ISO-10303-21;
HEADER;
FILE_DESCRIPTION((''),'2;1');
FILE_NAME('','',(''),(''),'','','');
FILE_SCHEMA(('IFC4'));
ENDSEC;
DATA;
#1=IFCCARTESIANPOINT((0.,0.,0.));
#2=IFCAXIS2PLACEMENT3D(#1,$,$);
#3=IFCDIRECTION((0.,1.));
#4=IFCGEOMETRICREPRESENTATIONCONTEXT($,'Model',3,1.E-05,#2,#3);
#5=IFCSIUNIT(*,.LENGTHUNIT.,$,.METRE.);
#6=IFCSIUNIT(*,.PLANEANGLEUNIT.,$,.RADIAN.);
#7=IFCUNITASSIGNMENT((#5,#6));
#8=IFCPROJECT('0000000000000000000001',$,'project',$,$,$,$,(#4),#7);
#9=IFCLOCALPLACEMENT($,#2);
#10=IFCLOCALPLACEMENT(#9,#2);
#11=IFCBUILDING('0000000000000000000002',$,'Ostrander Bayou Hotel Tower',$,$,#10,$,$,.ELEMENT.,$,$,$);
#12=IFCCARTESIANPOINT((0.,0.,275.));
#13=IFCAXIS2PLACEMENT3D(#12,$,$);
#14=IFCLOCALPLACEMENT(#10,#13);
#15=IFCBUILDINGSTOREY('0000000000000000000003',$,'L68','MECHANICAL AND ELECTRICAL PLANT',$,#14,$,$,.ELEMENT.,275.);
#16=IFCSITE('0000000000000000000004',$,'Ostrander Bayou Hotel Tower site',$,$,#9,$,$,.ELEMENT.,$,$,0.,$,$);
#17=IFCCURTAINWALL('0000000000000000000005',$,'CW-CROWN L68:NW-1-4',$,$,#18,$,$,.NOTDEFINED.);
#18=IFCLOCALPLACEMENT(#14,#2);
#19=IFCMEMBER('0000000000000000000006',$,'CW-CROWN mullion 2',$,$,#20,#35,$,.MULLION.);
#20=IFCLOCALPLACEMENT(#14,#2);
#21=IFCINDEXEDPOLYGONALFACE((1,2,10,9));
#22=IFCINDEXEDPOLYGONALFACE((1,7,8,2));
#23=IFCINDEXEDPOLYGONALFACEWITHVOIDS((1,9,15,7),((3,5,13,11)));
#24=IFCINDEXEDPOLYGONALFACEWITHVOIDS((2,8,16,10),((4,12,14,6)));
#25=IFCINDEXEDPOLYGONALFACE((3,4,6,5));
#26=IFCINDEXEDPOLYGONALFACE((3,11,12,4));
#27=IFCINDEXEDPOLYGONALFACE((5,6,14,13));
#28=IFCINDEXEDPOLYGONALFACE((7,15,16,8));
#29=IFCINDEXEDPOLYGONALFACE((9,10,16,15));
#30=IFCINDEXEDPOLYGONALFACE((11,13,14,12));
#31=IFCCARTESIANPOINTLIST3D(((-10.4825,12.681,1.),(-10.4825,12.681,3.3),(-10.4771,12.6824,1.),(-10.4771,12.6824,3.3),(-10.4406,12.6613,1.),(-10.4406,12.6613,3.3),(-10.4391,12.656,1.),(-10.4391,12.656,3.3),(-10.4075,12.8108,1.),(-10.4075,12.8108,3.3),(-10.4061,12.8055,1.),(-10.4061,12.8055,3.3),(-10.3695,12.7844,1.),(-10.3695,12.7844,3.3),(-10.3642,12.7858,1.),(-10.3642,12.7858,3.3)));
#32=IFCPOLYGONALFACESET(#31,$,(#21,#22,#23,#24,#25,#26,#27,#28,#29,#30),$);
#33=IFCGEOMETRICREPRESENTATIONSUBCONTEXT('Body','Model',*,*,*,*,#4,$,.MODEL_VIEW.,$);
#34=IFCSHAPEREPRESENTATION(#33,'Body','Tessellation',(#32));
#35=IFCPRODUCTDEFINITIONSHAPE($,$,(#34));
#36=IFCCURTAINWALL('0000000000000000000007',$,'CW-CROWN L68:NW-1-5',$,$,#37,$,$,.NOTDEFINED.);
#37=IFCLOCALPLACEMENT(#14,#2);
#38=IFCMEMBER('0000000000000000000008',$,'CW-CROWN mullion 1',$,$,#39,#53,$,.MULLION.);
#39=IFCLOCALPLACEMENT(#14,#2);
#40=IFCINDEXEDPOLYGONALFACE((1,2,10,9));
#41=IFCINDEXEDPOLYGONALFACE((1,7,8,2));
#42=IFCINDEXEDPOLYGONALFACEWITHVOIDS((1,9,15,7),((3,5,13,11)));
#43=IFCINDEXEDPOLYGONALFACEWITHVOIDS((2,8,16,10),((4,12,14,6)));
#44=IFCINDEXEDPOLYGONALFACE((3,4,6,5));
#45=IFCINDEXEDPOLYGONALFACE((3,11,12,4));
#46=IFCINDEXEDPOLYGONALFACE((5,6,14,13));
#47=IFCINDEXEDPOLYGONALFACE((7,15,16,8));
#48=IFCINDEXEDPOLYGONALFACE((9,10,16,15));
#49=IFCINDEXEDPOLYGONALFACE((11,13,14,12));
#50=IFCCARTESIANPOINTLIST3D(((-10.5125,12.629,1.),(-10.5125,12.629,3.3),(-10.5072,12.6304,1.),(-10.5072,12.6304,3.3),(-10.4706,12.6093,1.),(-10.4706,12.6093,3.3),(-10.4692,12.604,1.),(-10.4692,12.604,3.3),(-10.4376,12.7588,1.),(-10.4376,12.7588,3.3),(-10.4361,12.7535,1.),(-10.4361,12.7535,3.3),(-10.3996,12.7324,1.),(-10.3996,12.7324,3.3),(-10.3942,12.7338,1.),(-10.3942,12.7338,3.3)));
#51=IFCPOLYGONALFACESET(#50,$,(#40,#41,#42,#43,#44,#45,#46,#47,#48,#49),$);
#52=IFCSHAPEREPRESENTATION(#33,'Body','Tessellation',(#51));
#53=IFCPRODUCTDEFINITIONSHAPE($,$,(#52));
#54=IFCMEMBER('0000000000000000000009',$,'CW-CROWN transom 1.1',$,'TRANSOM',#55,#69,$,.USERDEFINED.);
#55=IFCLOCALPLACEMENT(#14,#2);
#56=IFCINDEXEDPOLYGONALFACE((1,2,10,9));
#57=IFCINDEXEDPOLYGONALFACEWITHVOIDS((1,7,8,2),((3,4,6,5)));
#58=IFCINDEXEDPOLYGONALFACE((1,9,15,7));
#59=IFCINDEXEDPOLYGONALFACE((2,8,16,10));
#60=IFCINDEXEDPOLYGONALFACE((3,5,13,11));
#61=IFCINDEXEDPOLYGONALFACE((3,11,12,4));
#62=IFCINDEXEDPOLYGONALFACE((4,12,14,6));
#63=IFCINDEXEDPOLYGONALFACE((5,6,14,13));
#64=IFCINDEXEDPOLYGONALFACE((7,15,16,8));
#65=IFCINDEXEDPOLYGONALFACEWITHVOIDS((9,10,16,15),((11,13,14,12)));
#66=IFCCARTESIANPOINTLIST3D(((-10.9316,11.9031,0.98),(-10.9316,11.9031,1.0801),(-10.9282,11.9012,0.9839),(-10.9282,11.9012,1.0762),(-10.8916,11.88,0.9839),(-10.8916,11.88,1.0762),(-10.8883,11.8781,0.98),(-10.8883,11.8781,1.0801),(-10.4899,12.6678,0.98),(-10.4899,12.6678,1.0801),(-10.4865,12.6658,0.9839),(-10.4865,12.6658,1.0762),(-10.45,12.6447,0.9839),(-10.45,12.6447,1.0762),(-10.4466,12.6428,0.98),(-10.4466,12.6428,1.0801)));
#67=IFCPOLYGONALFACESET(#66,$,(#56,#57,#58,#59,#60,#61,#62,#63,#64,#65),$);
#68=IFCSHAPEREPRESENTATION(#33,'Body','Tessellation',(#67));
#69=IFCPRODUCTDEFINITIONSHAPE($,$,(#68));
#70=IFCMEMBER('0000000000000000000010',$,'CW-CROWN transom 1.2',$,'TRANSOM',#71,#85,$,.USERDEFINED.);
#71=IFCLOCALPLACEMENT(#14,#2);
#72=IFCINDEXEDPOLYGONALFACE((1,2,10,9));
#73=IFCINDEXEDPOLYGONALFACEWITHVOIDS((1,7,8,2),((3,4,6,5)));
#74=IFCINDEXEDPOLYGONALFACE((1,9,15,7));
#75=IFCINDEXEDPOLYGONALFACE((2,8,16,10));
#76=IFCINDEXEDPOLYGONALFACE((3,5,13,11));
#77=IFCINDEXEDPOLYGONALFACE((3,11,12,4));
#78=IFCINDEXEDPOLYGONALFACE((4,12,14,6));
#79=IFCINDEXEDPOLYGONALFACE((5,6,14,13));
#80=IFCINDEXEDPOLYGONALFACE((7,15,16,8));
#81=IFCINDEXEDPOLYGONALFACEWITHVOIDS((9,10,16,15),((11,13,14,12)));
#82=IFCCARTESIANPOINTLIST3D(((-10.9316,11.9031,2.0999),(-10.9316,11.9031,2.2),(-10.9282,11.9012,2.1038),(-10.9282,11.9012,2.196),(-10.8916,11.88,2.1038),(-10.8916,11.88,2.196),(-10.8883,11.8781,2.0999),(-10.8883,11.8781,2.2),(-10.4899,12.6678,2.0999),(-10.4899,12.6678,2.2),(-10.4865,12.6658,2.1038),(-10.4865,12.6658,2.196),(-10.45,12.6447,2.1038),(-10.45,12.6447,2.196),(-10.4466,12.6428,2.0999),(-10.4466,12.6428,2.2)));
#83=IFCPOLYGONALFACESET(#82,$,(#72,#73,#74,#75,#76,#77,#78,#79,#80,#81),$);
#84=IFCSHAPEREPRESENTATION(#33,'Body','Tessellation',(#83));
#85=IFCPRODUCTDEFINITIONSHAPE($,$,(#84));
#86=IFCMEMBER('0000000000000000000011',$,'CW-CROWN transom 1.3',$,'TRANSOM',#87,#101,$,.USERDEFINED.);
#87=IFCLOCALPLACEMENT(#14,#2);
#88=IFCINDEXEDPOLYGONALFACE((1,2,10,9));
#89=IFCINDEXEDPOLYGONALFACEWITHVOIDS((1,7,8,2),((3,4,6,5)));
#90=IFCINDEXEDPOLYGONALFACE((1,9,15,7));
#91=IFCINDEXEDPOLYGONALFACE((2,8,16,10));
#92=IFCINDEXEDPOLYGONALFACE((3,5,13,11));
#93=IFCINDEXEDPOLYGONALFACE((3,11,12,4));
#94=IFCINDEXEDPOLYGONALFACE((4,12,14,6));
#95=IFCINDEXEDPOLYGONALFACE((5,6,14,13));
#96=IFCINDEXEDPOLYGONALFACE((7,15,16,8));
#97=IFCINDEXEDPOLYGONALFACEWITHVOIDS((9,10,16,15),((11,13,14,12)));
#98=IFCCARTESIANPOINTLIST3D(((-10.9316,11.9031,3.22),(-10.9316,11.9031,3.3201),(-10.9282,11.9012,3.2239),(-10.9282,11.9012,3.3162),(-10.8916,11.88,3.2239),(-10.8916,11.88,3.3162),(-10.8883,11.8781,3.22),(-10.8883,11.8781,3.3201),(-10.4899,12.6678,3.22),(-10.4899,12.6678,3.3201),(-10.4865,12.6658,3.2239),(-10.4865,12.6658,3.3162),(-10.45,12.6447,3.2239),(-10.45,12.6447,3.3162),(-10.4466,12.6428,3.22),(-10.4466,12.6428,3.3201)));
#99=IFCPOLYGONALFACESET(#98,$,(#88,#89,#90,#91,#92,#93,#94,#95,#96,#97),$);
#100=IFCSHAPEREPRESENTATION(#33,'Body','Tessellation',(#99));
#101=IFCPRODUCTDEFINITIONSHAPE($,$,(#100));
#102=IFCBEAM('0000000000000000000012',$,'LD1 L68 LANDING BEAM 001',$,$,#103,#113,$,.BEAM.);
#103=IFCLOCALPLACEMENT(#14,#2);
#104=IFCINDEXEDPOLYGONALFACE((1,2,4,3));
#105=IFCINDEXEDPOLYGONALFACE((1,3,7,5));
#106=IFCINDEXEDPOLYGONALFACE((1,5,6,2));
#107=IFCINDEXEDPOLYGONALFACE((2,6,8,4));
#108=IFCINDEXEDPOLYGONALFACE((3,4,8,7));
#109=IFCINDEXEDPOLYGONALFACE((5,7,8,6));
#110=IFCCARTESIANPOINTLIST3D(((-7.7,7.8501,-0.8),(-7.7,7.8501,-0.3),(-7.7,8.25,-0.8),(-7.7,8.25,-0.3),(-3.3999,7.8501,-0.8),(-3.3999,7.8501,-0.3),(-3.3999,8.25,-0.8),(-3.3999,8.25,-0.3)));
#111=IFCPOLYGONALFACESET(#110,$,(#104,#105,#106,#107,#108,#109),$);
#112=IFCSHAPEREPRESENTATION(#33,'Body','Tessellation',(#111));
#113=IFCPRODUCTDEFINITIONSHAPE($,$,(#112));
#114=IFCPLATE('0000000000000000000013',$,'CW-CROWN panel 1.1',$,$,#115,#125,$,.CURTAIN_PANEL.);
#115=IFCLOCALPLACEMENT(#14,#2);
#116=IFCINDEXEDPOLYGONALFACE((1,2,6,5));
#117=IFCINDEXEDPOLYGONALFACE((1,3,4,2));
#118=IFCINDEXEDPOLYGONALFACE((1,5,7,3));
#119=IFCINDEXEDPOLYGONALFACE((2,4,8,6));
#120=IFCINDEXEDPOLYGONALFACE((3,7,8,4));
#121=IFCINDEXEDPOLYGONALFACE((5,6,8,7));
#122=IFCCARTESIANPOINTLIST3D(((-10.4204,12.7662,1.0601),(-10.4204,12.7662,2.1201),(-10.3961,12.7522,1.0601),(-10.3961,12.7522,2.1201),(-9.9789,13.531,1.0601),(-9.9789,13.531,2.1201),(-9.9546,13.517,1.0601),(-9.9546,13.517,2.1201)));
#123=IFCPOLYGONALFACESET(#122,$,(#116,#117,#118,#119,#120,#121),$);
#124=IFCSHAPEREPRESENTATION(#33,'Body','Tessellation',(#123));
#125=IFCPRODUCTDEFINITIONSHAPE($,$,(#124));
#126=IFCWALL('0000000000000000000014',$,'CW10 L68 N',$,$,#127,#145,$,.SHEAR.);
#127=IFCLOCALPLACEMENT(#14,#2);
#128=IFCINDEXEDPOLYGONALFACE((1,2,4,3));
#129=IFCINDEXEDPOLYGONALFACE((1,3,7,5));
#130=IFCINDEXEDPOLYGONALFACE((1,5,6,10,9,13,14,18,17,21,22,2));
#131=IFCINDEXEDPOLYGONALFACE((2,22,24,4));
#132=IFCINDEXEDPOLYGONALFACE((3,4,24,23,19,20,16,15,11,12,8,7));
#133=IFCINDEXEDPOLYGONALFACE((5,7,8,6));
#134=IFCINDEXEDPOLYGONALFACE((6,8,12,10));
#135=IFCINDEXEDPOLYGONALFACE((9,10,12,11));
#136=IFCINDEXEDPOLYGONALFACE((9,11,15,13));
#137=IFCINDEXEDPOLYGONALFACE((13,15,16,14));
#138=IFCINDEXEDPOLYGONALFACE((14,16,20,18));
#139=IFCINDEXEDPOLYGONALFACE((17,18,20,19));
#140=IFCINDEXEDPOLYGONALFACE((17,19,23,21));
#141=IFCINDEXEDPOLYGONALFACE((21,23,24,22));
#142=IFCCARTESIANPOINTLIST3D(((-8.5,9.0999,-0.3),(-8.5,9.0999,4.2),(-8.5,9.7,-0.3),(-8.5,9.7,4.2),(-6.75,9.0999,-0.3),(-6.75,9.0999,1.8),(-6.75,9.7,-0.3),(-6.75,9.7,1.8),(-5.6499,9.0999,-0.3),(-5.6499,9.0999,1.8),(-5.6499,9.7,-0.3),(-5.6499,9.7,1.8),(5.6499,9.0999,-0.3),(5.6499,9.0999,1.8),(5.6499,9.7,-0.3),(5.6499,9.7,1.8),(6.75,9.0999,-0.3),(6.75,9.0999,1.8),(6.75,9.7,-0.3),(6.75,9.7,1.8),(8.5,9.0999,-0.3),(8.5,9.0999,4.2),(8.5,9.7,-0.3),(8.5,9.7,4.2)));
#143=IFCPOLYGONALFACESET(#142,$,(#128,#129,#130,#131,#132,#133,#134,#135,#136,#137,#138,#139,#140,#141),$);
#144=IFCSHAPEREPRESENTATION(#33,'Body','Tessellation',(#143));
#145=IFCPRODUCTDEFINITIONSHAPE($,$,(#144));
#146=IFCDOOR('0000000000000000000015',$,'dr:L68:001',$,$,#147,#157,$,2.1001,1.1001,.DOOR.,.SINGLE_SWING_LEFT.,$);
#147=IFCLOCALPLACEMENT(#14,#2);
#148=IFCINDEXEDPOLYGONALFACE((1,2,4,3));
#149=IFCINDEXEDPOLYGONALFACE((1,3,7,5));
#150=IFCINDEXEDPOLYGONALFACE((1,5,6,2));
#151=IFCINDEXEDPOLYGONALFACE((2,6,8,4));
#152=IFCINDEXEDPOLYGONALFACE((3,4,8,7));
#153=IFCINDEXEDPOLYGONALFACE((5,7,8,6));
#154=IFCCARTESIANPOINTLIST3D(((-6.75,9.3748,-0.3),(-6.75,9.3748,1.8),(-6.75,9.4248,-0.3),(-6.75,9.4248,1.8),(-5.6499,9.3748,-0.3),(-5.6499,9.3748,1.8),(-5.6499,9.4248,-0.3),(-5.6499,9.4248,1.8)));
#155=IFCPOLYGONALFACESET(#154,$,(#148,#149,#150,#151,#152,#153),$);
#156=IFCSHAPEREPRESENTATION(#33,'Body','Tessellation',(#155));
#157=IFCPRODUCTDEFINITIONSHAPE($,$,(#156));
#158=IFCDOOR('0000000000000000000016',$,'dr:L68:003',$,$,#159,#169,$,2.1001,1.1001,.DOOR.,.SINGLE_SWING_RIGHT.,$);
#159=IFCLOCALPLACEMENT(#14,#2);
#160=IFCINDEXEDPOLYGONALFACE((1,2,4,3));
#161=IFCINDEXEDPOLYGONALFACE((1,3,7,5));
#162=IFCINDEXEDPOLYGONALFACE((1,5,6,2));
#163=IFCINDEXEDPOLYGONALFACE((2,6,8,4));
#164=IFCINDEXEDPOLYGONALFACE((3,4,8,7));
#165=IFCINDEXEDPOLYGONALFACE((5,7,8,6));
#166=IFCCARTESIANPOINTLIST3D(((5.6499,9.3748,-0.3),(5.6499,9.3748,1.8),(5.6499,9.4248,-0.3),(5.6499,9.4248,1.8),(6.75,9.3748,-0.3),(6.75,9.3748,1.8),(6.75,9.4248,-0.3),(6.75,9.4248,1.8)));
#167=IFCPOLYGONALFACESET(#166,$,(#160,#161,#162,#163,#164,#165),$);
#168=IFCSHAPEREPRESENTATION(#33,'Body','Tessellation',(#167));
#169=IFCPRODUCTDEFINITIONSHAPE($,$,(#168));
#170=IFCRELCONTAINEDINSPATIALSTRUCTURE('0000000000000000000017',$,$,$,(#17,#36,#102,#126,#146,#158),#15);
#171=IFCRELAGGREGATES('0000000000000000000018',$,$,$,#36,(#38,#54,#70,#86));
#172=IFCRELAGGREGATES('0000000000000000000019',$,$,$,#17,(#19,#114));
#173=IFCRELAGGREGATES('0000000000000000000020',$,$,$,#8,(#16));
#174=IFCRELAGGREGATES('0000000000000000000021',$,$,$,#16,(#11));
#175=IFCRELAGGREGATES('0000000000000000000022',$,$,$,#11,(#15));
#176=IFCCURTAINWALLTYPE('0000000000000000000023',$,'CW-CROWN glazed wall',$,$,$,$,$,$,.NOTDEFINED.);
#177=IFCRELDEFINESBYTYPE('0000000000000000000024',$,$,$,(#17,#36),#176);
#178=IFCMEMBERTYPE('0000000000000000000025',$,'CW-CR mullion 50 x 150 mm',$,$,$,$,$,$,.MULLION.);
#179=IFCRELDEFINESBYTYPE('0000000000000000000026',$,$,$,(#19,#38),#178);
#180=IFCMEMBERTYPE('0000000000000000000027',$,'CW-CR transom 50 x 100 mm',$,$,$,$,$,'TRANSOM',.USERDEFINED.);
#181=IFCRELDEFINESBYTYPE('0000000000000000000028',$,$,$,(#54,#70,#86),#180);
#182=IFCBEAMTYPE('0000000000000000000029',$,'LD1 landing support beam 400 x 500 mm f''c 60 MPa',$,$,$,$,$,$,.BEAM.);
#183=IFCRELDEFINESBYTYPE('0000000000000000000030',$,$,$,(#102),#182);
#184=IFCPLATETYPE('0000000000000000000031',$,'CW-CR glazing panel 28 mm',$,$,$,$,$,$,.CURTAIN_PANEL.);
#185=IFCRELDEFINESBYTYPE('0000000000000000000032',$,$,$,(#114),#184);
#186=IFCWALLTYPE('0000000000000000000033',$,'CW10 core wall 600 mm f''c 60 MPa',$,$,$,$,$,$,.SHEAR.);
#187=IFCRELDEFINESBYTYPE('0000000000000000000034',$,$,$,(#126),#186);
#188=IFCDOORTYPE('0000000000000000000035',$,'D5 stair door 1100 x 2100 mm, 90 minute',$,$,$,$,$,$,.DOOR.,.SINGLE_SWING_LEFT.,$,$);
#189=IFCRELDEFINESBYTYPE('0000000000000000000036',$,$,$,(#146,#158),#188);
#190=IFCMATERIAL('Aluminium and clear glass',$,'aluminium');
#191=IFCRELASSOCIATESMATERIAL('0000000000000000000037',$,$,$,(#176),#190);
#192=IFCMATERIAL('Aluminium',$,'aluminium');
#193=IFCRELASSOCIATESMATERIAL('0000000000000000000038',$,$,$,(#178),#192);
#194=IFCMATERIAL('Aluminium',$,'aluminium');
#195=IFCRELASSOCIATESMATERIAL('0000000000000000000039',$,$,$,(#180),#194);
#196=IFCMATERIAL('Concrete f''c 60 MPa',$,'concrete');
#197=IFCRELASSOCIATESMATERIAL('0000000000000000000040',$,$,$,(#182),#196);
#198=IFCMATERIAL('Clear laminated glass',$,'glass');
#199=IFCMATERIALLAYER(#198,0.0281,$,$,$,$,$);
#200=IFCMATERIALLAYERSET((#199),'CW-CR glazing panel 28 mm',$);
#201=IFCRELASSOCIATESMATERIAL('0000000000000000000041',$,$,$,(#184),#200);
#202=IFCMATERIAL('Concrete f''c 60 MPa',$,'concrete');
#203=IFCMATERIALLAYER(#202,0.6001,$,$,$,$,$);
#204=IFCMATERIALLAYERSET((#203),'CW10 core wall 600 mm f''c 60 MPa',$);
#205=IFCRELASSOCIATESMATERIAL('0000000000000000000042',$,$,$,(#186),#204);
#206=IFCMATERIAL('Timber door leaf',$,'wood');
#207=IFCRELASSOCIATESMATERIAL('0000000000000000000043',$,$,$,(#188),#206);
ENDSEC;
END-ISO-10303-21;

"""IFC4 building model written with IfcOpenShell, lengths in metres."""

from ifc_helpers import new_model, si_unit, direction, frame, frame_2d, origin, origin_2d, place, context, subcontext, project, spatial, rectangle, hollow_rectangle, extrude, material, layer, layer_set, material_profile, profile_set, type_object, element, fill, aggregate, save


model = new_model("IFC4")

# Units and contexts
model_context = context("Model", 3, precision=1e-05, world=origin(), true_north=direction((0.0, 1.0)))
body_context = subcontext(model_context, "Body", "Model", "MODEL_VIEW")
ifc_project = project(units=[si_unit("LENGTHUNIT", "METRE"), si_unit("PLANEANGLEUNIT", "RADIAN")], contexts=[model_context])

# Site, building, storey
site_placement = place(None, origin())
site = spatial("IfcSite", under=ifc_project, at=site_placement, Name="Ostrander Bayou Hotel Tower site", CompositionType="ELEMENT", RefElevation=0.0)
building_placement = place(site_placement, origin())
building = spatial("IfcBuilding", under=site, at=building_placement, Name="Ostrander Bayou Hotel Tower", CompositionType="ELEMENT")
storey_placement = place(building_placement, frame((0.0, 0.0, 275.0)))
storey = spatial("IfcBuildingStorey", under=building, at=storey_placement, Name="L68", Description="MECHANICAL AND ELECTRICAL PLANT", CompositionType="ELEMENT", Elevation=275.0)

# Curtain wall, member
ifc_material_1 = material(Name="Aluminium and clear glass", Category="aluminium")
curtain_wall_type = type_object("IfcCurtainWallType", Name="CW-CROWN glazed wall", PredefinedType="NOTDEFINED", material=ifc_material_1)
curtain_wall_1_placement = place(storey_placement, origin())
curtain_wall_1 = element("IfcCurtainWall", 1, at=curtain_wall_1_placement, inside=storey, type_object=curtain_wall_type, Name="CW-CROWN L68:NW-1-4", PredefinedType="NOTDEFINED")
ifc_material_2 = material(Name="Aluminium", Category="aluminium")
ifc_material_profile_1 = material_profile(ifc_material_2, hollow_rectangle(XDim=0.05, YDim=0.1499, WallThickness=0.0039, at=origin_2d()))
ifc_profile_set_1 = profile_set([ifc_material_profile_1], Name="Aluminium")
member_type_1 = type_object("IfcMemberType", Name="CW-CR mullion 50 x 150 mm", PredefinedType="MULLION", material=ifc_profile_set_1)
member_1_placement = place(storey_placement, frame((-10.4233, 12.7334, 1.0), z_axis=(0.0, 0.0, 1.0), x_axis=(0.866069, -0.499924, 0.0)))
member_1 = element("IfcMember", 2, at=member_1_placement, type_object=member_type_1, Name="CW-CROWN mullion 2", PredefinedType="MULLION", context=body_context, shape_type="SweptSolid", body=[
    extrude(hollow_rectangle(XDim=0.05, YDim=0.1499, WallThickness=0.0039, at=origin_2d()), origin(), (0.0, 0.0, 1.0), 2.3),
])

# Curtain wall, members
curtain_wall_2_placement = place(storey_placement, origin())
curtain_wall_2 = element("IfcCurtainWall", 3, at=curtain_wall_2_placement, inside=storey, type_object=curtain_wall_type, Name="CW-CROWN L68:NW-1-5", PredefinedType="NOTDEFINED")
member_2_placement = place(storey_placement, frame((-10.4534, 12.6814, 1.0), z_axis=(0.0, 0.0, 1.0), x_axis=(0.866001, -0.500042, 0.0)))
member_2 = element("IfcMember", 4, at=member_2_placement, type_object=member_type_1, Name="CW-CROWN mullion 1", PredefinedType="MULLION", context=body_context, shape_type="SweptSolid", body=[
    extrude(hollow_rectangle(XDim=0.05, YDim=0.1499, WallThickness=0.0039, at=origin_2d()), origin(), (0.0, 0.0, 1.0), 2.3),
])
ifc_material_3 = material(Name="Aluminium", Category="aluminium")
ifc_material_profile_2 = material_profile(ifc_material_3, hollow_rectangle(XDim=0.05, YDim=0.1001, WallThickness=0.0039, at=origin_2d()))
ifc_profile_set_2 = profile_set([ifc_material_profile_2], Name="Aluminium")
member_type_2 = type_object("IfcMemberType", Name="CW-CR transom 50 x 100 mm", ElementType="TRANSOM", PredefinedType="USERDEFINED", material=ifc_profile_set_2)
member_3_placement = place(storey_placement, frame((-10.4683, 12.6553, 1.03), z_axis=(-0.500153, -0.865937, 0.0), x_axis=(0.865937, -0.500153, 0.0)))
member_3 = element("IfcMember", 5, at=member_3_placement, type_object=member_type_2, Name="CW-CROWN transom 1.1", ObjectType="TRANSOM", PredefinedType="USERDEFINED", context=body_context, shape_type="SweptSolid", body=[
    extrude(hollow_rectangle(XDim=0.05, YDim=0.1001, WallThickness=0.0039, at=origin_2d()), origin(), (0.0, 0.0, 1.0), 0.8831),
])
member_4_placement = place(storey_placement, frame((-10.4683, 12.6553, 2.1499), z_axis=(-0.500153, -0.865937, 0.0), x_axis=(0.865937, -0.500153, 0.0)))
member_4 = element("IfcMember", 6, at=member_4_placement, type_object=member_type_2, Name="CW-CROWN transom 1.2", ObjectType="TRANSOM", PredefinedType="USERDEFINED", context=body_context, shape_type="SweptSolid", body=[
    extrude(hollow_rectangle(XDim=0.05, YDim=0.1001, WallThickness=0.0039, at=origin_2d()), origin(), (0.0, 0.0, 1.0), 0.8831),
])
member_5_placement = place(storey_placement, frame((-10.4683, 12.6553, 3.27), z_axis=(-0.500153, -0.865937, 0.0), x_axis=(0.865937, -0.500153, 0.0)))
member_5 = element("IfcMember", 7, at=member_5_placement, type_object=member_type_2, Name="CW-CROWN transom 1.3", ObjectType="TRANSOM", PredefinedType="USERDEFINED", context=body_context, shape_type="SweptSolid", body=[
    extrude(hollow_rectangle(XDim=0.05, YDim=0.1001, WallThickness=0.0039, at=origin_2d()), origin(), (0.0, 0.0, 1.0), 0.8831),
])
aggregate(curtain_wall_2, [member_2, member_3, member_4, member_5])

# Beam
ifc_material_4 = material(Name="Concrete f'c 60 MPa", Category="concrete")
ifc_material_profile_3 = material_profile(ifc_material_4, rectangle(XDim=0.3999, YDim=0.5, at=origin_2d()))
ifc_profile_set_3 = profile_set([ifc_material_profile_3], Name="Concrete f'c 60 MPa")
beam_type = type_object("IfcBeamType", Name="LD1 landing support beam 400 x 500 mm f'c 60 MPa", PredefinedType="BEAM", material=ifc_profile_set_3)
beam_placement = place(storey_placement, frame((-7.7, 8.05, -0.55), z_axis=(1.0, 0.0, 0.0), x_axis=(0.0, 1.0, 0.0)))
element("IfcBeam", 8, at=beam_placement, inside=storey, type_object=beam_type, Name="LD1 L68 LANDING BEAM 001", PredefinedType="BEAM", context=body_context, shape_type="SweptSolid", body=[
    extrude(rectangle(XDim=0.3999, YDim=0.5, at=origin_2d()), origin(), (0.0, 0.0, 1.0), 4.3),
])

# Plate
ifc_material_5 = material(Name="Clear laminated glass", Category="glass")
ifc_layer_1 = layer(ifc_material_5, 0.0281)
ifc_layer_set_1 = layer_set([ifc_layer_1], Name="CW-CR glazing panel 28 mm")
plate_type = type_object("IfcPlateType", Name="CW-CR glazing panel 28 mm", PredefinedType="CURTAIN_PANEL", material=ifc_layer_set_1)
plate_placement = place(storey_placement, frame((-10.1875, 13.1416, 1.0601), z_axis=(0.0, 0.0, 1.0), x_axis=(-0.499924, -0.866069, 0.0)))
plate = element("IfcPlate", 9, at=plate_placement, type_object=plate_type, Name="CW-CROWN panel 1.1", PredefinedType="CURTAIN_PANEL", context=body_context, shape_type="SweptSolid", body=[
    extrude(rectangle(XDim=0.8831, YDim=0.0281, at=origin_2d()), origin(), (0.0, 0.0, 1.0), 1.0601),
])
aggregate(curtain_wall_1, [member_1, plate])

# Wall, openings, doors
ifc_material_6 = material(Name="Concrete f'c 60 MPa", Category="concrete")
ifc_layer_2 = layer(ifc_material_6, 0.6001)
ifc_layer_set_2 = layer_set([ifc_layer_2], Name="CW10 core wall 600 mm f'c 60 MPa")
wall_type_1 = type_object("IfcWallType", Name="CW10 core wall 600 mm f'c 60 MPa", PredefinedType="SHEAR", material=ifc_layer_set_2)
wall_1_placement = place(storey_placement, frame((-8.5, 9.3999, -0.3), z_axis=(0.0, 0.0, 1.0), x_axis=(1.0, 0.0, 0.0)))
wall_1 = element("IfcWall", 10, at=wall_1_placement, inside=storey, type_object=wall_type_1, Name="CW10 L68 N", PredefinedType="SHEAR", context=body_context, shape_type="SweptSolid", body=[
    extrude(rectangle(XDim=17.0, YDim=0.6001, at=frame_2d((8.5, 0.0))), origin(), (0.0, 0.0, 1.0), 4.5),
])
opening_1_placement = place(wall_1_placement, frame((1.75, 0.0, 0.0)))
opening_1 = element("IfcOpeningElement", 11, at=opening_1_placement, cuts=wall_1, PredefinedType="OPENING", context=body_context, shape_type="SweptSolid", body=[
    extrude(rectangle(XDim=1.1001, YDim=2.1001, at=frame_2d((0.55, 1.05))), frame((0.0, 0.3, 0.0), z_axis=(0.0, -1.0, 0.0), x_axis=(1.0, 0.0, 0.0)), (0.0, 0.0, 1.0), 0.6001),
])
opening_2_placement = place(wall_1_placement, frame((14.1499, 0.0, 0.0)))
opening_2 = element("IfcOpeningElement", 12, at=opening_2_placement, cuts=wall_1, PredefinedType="OPENING", context=body_context, shape_type="SweptSolid", body=[
    extrude(rectangle(XDim=1.1001, YDim=2.1001, at=frame_2d((0.55, 1.05))), frame((0.0, 0.3, 0.0), z_axis=(0.0, -1.0, 0.0), x_axis=(1.0, 0.0, 0.0)), (0.0, 0.0, 1.0), 0.6001),
])
ifc_material_7 = material(Name="Timber door leaf", Category="wood")
door_type_1 = type_object("IfcDoorType", Name="D5 stair door 1100 x 2100 mm, 90 minute", OperationType="SINGLE_SWING_LEFT", PredefinedType="DOOR", material=ifc_material_7)
door_1_placement = place(opening_1_placement, origin())
door_1 = element("IfcDoor", 13, at=door_1_placement, inside=storey, type_object=door_type_1, Name="dr:L68:001", OperationType="SINGLE_SWING_LEFT", OverallHeight=2.1001, OverallWidth=1.1001, PredefinedType="DOOR", context=body_context, shape_type="SweptSolid", body=[
    extrude(rectangle(XDim=1.1001, YDim=2.1001, at=frame_2d((0.55, 1.05))), frame((0.0, 0.0249, 0.0), z_axis=(0.0, -1.0, 0.0), x_axis=(1.0, 0.0, 0.0)), (0.0, 0.0, 1.0), 0.05),
])
fill(opening_1, door_1)
door_2_placement = place(opening_2_placement, origin())
door_2 = element("IfcDoor", 14, at=door_2_placement, inside=storey, type_object=door_type_1, Name="dr:L68:003", OperationType="SINGLE_SWING_RIGHT", OverallHeight=2.1001, OverallWidth=1.1001, PredefinedType="DOOR", context=body_context, shape_type="SweptSolid", body=[
    extrude(rectangle(XDim=1.1001, YDim=2.1001, at=frame_2d((0.55, 1.05))), frame((0.0, 0.0249, 0.0), z_axis=(0.0, -1.0, 0.0), x_axis=(1.0, 0.0, 0.0)), (0.0, 0.0, 1.0), 0.05),
])
fill(opening_2, door_2)

save(model, "model.ifc")
